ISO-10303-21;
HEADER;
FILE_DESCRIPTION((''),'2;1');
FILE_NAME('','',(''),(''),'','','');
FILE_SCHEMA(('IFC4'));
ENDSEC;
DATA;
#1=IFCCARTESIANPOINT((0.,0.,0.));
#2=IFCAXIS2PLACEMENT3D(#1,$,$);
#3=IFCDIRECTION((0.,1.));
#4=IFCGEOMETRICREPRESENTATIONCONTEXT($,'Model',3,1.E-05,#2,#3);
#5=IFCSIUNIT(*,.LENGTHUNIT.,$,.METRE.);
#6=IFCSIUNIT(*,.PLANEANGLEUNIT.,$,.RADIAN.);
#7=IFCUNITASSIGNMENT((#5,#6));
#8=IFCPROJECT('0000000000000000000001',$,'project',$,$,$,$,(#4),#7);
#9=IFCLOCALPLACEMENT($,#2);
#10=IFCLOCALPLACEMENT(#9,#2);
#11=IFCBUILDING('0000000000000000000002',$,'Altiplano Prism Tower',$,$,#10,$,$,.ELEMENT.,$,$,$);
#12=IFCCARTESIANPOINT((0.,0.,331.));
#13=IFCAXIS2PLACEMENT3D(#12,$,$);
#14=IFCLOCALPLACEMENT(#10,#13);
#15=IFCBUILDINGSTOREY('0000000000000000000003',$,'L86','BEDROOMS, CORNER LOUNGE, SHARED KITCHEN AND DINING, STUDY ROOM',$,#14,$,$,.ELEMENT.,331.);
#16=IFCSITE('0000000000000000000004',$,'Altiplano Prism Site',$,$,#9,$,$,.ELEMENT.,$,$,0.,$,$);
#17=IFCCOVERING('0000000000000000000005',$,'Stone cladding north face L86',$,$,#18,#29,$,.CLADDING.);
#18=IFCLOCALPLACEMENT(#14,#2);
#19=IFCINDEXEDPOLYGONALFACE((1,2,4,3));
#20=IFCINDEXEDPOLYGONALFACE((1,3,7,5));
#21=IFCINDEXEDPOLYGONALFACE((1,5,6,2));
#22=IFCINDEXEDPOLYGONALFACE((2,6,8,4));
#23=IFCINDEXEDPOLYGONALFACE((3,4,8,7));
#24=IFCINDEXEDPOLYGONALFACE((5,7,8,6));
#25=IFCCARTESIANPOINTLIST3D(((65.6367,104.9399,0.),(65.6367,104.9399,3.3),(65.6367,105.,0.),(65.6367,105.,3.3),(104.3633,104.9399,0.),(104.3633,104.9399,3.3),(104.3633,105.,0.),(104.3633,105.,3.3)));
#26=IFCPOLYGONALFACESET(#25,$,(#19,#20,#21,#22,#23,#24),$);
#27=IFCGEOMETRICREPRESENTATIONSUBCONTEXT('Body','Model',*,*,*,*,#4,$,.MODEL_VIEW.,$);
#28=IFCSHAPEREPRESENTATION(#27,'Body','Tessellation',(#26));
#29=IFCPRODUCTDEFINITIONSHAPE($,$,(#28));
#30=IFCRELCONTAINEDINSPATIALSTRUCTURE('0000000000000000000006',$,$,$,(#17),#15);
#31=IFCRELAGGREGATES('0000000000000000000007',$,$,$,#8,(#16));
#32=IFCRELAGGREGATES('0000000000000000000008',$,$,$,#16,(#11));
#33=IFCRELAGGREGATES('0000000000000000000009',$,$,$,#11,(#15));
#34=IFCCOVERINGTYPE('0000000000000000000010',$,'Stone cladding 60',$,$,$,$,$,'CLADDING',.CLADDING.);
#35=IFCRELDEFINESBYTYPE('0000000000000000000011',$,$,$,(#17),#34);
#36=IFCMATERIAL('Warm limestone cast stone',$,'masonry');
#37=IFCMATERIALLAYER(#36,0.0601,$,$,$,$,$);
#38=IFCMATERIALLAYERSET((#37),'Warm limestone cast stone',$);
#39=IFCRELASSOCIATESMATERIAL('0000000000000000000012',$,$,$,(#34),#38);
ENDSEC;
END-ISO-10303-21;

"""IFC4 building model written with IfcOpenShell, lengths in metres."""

from ifc_helpers import new_model, si_unit, direction, frame, frame_2d, origin, place, context, subcontext, project, spatial, rectangle, extrude, material, layer, layer_set, type_object, element, save


model = new_model("IFC4")

# Units and contexts
model_context = context("Model", 3, precision=1e-05, world=origin(), true_north=direction((0.0, 1.0)))
body_context = subcontext(model_context, "Body", "Model", "MODEL_VIEW")
ifc_project = project(units=[si_unit("LENGTHUNIT", "METRE"), si_unit("PLANEANGLEUNIT", "RADIAN")], contexts=[model_context])

# Site, building, storey
site_placement = place(None, origin())
site = spatial("IfcSite", under=ifc_project, at=site_placement, Name="Altiplano Prism Site", CompositionType="ELEMENT", RefElevation=0.0)
building_placement = place(site_placement, origin())
building = spatial("IfcBuilding", under=site, at=building_placement, Name="Altiplano Prism Tower", CompositionType="ELEMENT")
storey_placement = place(building_placement, frame((0.0, 0.0, 331.0)))
storey = spatial("IfcBuildingStorey", under=building, at=storey_placement, Name="L86", Description="BEDROOMS, CORNER LOUNGE, SHARED KITCHEN AND DINING, STUDY ROOM", CompositionType="ELEMENT", Elevation=331.0)

# Covering
ifc_material_1 = material(Name="Warm limestone cast stone", Category="masonry")
ifc_layer_1 = layer(ifc_material_1, 0.0601)
ifc_layer_set_1 = layer_set([ifc_layer_1], Name="Warm limestone cast stone")
covering_type = type_object("IfcCoveringType", Name="Stone cladding 60", ElementType="CLADDING", PredefinedType="CLADDING", material=ifc_layer_set_1)
covering_placement = place(storey_placement, frame((65.6367, 104.97, 0.0), z_axis=(0.0, 0.0, 1.0), x_axis=(1.0, 0.0, 0.0)))
element("IfcCovering", 1, at=covering_placement, inside=storey, type_object=covering_type, Name="Stone cladding north face L86", PredefinedType="CLADDING", context=body_context, shape_type="SweptSolid", body=[
    extrude(rectangle(XDim=38.7266, YDim=0.0601, at=frame_2d((19.3633, 0.0))), origin(), (0.0, 0.0, 1.0), 3.3),
])

save(model, "model.ifc")
